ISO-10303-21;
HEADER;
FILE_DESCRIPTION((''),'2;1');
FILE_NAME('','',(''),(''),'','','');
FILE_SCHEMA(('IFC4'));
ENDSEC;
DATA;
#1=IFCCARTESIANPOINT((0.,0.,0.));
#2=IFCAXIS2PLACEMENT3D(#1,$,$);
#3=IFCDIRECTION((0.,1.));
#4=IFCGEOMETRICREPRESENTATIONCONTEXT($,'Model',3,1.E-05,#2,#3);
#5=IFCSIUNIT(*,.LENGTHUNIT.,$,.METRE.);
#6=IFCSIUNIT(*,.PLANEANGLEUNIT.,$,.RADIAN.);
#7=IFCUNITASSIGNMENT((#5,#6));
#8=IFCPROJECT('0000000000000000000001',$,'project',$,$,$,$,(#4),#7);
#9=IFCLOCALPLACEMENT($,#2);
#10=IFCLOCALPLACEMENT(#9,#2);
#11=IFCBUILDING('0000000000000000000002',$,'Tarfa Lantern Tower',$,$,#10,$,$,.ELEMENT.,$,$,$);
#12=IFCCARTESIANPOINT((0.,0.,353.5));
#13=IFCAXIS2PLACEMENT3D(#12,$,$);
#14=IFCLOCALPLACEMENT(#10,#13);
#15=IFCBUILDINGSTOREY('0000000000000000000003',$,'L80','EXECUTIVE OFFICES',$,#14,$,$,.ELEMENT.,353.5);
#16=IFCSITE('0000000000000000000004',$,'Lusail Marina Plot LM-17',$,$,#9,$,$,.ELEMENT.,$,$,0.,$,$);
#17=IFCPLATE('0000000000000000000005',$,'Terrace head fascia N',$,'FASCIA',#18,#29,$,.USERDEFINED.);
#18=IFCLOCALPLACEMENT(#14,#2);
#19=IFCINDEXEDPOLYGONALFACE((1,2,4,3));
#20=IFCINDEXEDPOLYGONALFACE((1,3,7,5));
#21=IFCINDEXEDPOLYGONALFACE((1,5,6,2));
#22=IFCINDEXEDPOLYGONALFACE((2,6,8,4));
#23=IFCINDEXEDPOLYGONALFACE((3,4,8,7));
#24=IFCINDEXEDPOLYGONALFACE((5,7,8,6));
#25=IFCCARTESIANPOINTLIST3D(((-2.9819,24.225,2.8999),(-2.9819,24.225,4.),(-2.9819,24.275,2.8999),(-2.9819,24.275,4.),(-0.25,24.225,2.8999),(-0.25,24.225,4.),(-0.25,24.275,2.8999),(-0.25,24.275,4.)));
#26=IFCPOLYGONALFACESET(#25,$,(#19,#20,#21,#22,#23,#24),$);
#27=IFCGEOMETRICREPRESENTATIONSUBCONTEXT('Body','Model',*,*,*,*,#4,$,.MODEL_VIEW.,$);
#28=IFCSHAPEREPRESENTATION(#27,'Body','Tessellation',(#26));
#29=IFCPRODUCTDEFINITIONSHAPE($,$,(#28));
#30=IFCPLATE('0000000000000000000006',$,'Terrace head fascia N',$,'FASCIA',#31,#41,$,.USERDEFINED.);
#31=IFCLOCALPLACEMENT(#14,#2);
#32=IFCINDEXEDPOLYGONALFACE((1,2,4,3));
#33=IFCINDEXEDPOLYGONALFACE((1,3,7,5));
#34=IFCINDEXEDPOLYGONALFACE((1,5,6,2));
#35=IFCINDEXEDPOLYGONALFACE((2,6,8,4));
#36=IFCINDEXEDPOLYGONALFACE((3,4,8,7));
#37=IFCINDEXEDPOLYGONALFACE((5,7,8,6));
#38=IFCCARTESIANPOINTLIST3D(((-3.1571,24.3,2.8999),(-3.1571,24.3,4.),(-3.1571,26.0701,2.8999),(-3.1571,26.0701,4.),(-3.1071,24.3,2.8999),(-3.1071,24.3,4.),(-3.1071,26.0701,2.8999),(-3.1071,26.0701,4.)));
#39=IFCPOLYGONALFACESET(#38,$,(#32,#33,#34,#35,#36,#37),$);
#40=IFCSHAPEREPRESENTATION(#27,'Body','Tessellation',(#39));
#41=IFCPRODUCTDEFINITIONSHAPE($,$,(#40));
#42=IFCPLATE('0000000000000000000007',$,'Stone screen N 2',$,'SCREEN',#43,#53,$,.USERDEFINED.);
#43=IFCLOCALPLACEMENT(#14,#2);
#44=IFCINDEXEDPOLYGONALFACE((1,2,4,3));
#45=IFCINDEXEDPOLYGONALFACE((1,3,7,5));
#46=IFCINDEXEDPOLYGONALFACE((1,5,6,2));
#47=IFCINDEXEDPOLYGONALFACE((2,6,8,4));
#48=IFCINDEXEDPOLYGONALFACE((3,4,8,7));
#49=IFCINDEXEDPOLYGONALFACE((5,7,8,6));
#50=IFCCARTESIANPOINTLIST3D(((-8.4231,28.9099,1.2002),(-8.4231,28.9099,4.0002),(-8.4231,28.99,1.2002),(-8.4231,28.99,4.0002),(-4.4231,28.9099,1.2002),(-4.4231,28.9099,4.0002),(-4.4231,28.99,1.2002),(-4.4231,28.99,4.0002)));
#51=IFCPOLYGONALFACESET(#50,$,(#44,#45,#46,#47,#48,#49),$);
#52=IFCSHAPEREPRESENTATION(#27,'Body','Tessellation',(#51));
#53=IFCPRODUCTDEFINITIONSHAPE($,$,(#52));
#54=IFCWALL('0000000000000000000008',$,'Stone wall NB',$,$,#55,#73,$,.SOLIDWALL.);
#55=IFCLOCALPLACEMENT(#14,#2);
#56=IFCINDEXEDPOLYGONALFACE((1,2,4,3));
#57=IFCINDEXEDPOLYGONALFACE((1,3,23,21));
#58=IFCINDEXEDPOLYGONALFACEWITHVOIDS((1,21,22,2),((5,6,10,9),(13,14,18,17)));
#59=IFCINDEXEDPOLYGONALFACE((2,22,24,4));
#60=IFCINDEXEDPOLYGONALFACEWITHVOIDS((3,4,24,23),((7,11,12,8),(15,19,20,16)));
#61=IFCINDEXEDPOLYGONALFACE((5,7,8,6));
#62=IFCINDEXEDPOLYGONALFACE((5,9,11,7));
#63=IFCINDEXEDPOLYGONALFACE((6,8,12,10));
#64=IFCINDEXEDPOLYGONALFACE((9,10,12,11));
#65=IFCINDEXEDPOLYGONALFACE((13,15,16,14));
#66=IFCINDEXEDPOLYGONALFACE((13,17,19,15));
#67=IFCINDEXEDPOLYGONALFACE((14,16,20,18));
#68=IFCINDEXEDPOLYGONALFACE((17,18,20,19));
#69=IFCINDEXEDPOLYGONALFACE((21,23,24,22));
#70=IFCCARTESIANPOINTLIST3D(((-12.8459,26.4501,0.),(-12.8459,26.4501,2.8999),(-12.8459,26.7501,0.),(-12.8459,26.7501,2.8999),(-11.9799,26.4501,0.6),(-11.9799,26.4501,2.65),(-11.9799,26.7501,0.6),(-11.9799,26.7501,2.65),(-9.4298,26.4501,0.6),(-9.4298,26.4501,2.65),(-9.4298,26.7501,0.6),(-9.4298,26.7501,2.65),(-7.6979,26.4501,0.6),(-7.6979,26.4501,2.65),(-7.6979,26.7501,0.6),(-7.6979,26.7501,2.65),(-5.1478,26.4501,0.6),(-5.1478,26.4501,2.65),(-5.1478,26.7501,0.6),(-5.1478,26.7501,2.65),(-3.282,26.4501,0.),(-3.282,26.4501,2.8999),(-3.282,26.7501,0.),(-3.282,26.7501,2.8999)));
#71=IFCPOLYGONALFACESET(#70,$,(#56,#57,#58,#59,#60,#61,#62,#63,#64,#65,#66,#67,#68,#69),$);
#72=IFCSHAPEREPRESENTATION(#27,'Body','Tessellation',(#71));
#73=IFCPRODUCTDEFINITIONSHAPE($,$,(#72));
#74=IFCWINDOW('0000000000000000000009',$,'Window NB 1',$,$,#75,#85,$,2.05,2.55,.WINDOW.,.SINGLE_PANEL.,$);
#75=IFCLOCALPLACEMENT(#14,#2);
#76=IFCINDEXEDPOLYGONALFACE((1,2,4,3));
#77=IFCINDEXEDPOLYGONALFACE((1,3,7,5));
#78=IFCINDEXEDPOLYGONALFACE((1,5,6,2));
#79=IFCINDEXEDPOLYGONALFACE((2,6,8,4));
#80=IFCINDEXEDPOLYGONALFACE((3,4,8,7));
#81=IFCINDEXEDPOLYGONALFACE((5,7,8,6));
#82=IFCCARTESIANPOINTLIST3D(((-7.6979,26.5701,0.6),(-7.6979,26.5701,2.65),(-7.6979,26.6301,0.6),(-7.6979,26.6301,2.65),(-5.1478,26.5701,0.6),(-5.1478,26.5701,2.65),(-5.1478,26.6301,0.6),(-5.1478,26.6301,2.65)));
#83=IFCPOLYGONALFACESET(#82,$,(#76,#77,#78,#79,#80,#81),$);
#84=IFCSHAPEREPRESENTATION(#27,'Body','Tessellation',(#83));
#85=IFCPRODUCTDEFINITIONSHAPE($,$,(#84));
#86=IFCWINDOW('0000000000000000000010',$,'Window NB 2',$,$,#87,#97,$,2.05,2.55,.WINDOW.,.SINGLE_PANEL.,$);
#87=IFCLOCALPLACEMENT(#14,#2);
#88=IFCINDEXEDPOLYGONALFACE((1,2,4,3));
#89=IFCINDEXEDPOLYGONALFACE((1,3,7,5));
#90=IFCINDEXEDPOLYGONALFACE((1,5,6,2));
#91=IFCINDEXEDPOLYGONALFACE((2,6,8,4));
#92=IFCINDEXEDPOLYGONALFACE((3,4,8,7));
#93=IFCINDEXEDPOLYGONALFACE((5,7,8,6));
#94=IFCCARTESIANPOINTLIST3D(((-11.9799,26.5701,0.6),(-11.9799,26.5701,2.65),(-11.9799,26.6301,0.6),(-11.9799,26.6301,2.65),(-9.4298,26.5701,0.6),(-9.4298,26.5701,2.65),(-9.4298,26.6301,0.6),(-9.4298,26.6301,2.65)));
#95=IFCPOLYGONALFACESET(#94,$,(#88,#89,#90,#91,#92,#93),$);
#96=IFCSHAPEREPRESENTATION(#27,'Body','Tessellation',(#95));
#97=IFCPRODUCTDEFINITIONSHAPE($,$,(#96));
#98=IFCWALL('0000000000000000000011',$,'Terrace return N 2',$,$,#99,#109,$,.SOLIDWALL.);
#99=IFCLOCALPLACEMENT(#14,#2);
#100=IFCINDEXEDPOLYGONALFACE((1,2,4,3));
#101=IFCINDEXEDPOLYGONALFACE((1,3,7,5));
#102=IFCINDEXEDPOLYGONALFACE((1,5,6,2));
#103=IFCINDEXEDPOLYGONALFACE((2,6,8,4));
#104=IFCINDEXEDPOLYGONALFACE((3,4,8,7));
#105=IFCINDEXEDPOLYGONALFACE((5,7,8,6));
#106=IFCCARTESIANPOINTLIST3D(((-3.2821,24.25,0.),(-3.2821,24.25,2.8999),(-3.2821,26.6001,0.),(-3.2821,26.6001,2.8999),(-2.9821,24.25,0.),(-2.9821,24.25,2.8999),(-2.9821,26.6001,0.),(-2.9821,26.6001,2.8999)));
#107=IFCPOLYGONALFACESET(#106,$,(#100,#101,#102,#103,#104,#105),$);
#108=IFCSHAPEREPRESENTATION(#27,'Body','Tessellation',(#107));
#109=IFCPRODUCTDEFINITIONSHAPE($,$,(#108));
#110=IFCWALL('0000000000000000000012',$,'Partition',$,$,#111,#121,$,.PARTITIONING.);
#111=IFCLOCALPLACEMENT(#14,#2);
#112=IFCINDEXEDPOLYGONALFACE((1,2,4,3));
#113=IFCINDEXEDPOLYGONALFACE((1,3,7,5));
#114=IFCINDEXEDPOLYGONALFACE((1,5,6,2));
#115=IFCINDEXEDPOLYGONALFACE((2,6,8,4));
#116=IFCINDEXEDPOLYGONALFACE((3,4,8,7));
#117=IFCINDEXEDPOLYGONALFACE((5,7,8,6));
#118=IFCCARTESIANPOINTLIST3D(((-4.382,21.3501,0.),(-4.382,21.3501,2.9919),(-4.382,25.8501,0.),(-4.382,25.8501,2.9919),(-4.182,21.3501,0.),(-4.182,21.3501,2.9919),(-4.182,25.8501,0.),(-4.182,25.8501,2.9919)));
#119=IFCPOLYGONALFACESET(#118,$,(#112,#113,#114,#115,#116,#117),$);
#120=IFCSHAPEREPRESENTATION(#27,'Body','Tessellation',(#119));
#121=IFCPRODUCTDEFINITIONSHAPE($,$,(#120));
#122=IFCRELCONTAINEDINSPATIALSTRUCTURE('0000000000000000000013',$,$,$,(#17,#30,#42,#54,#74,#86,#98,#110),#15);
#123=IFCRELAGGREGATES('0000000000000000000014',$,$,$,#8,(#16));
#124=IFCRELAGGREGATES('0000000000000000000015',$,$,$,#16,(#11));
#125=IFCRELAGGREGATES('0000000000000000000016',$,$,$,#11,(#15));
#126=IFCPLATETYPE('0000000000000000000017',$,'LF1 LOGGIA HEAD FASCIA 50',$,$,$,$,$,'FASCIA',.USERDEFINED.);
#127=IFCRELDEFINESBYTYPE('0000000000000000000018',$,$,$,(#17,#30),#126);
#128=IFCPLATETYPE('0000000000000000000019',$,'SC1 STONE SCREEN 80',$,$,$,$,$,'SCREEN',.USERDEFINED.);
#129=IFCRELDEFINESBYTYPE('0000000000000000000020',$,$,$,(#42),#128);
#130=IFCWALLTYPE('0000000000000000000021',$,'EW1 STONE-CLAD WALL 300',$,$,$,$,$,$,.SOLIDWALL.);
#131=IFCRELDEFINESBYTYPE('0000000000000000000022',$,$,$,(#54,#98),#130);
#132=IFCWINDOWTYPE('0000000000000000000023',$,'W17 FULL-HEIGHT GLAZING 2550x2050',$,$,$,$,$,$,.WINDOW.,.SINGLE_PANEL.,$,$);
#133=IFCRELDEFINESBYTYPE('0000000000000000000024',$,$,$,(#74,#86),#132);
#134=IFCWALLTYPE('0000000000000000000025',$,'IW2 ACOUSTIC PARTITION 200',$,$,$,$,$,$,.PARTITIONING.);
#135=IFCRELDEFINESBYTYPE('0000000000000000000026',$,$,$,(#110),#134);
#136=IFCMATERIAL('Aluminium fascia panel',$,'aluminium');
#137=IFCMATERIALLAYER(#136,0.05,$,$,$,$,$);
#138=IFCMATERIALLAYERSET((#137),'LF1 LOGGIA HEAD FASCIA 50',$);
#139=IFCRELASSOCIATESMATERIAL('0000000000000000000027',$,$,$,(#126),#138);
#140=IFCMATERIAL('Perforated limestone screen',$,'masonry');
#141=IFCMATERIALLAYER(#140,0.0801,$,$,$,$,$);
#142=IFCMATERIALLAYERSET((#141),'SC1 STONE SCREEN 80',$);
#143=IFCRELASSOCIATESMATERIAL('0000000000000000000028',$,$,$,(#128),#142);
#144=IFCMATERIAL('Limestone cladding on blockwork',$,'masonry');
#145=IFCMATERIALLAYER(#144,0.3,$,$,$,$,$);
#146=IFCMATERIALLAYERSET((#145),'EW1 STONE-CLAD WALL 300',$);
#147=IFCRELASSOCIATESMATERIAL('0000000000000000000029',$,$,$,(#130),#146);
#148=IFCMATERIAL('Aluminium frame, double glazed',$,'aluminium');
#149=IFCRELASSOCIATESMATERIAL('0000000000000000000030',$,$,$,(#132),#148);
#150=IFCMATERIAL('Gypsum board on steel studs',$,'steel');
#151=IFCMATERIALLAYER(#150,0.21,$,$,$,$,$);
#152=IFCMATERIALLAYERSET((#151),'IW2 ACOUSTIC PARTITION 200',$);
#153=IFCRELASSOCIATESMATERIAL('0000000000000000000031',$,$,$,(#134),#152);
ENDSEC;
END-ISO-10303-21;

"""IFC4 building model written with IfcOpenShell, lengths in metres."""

from ifc_helpers import new_model, si_unit, direction, frame, frame_2d, origin, origin_2d, place, context, subcontext, project, spatial, rectangle, extrude, material, layer, layer_set, type_object, element, fill, save


model = new_model("IFC4")

# Units and contexts
model_context = context("Model", 3, precision=1e-05, world=origin(), true_north=direction((0.0, 1.0)))
body_context = subcontext(model_context, "Body", "Model", "MODEL_VIEW")
ifc_project = project(units=[si_unit("LENGTHUNIT", "METRE"), si_unit("PLANEANGLEUNIT", "RADIAN")], contexts=[model_context])

# Site, building, storey
site_placement = place(None, origin())
site = spatial("IfcSite", under=ifc_project, at=site_placement, Name="Lusail Marina Plot LM-17", CompositionType="ELEMENT", RefElevation=0.0)
building_placement = place(site_placement, origin())
building = spatial("IfcBuilding", under=site, at=building_placement, Name="Tarfa Lantern Tower", CompositionType="ELEMENT")
storey_placement = place(building_placement, frame((0.0, 0.0, 353.5)))
storey = spatial("IfcBuildingStorey", under=building, at=storey_placement, Name="L80", Description="EXECUTIVE OFFICES", CompositionType="ELEMENT", Elevation=353.5)

# Plates
ifc_material_1 = material(Name="Aluminium fascia panel", Category="aluminium")
ifc_layer_1 = layer(ifc_material_1, 0.05)
ifc_layer_set_1 = layer_set([ifc_layer_1], Name="LF1 LOGGIA HEAD FASCIA 50")
plate_type_1 = type_object("IfcPlateType", Name="LF1 LOGGIA HEAD FASCIA 50", ElementType="FASCIA", PredefinedType="USERDEFINED", material=ifc_layer_set_1)
plate_1_placement = place(storey_placement, frame((-1.616, 24.25, 2.8999), z_axis=(0.0, 0.0, 1.0), x_axis=(-1.0, 0.0, 0.0)))
element("IfcPlate", 1, at=plate_1_placement, inside=storey, type_object=plate_type_1, Name="Terrace head fascia N", ObjectType="FASCIA", PredefinedType="USERDEFINED", context=body_context, shape_type="SweptSolid", body=[
    extrude(rectangle(XDim=2.7319, YDim=0.05, at=origin_2d()), origin(), (0.0, 0.0, 1.0), 1.1001),
])
plate_2_placement = place(storey_placement, frame((-3.1321, 25.1851, 2.8999), z_axis=(0.0, 0.0, 1.0), x_axis=(0.0, -1.0, 0.0)))
element("IfcPlate", 2, at=plate_2_placement, inside=storey, type_object=plate_type_1, Name="Terrace head fascia N", ObjectType="FASCIA", PredefinedType="USERDEFINED", context=body_context, shape_type="SweptSolid", body=[
    extrude(rectangle(XDim=1.77, YDim=0.05, at=origin_2d()), origin(), (0.0, 0.0, 1.0), 1.1001),
])
ifc_material_2 = material(Name="Perforated limestone screen", Category="masonry")
ifc_layer_2 = layer(ifc_material_2, 0.0801)
ifc_layer_set_2 = layer_set([ifc_layer_2], Name="SC1 STONE SCREEN 80")
plate_type_2 = type_object("IfcPlateType", Name="SC1 STONE SCREEN 80", ElementType="SCREEN", PredefinedType="USERDEFINED", material=ifc_layer_set_2)
plate_3_placement = place(storey_placement, frame((-6.4231, 28.95, 1.2002), z_axis=(0.0, 0.0, 1.0), x_axis=(-1.0, 0.0, 0.0)))
element("IfcPlate", 3, at=plate_3_placement, inside=storey, type_object=plate_type_2, Name="Stone screen N 2", ObjectType="SCREEN", PredefinedType="USERDEFINED", context=body_context, shape_type="SweptSolid", body=[
    extrude(rectangle(XDim=4.0, YDim=0.0801, at=origin_2d()), origin(), (0.0, 0.0, 1.0), 2.8),
])

# Wall, openings, windows
ifc_material_3 = material(Name="Limestone cladding on blockwork", Category="masonry")
ifc_layer_3 = layer(ifc_material_3, 0.3)
ifc_layer_set_3 = layer_set([ifc_layer_3], Name="EW1 STONE-CLAD WALL 300")
wall_type_1 = type_object("IfcWallType", Name="EW1 STONE-CLAD WALL 300", PredefinedType="SOLIDWALL", material=ifc_layer_set_3)
wall_1_placement = place(storey_placement, frame((-3.282, 26.6001, 0.0), z_axis=(0.0, 0.0, 1.0), x_axis=(-1.0, 0.0, 0.0)))
wall_1 = element("IfcWall", 4, at=wall_1_placement, inside=storey, type_object=wall_type_1, Name="Stone wall NB", PredefinedType="SOLIDWALL", context=body_context, shape_type="SweptSolid", body=[
    extrude(rectangle(XDim=9.564, YDim=0.3, at=frame_2d((4.782, 0.0))), origin(), (0.0, 0.0, 1.0), 2.8999),
])
opening_1_placement = place(wall_1_placement, frame((1.866, 0.0, 0.6001)))
opening_1 = element("IfcOpeningElement", 5, at=opening_1_placement, cuts=wall_1, PredefinedType="OPENING", context=body_context, shape_type="SweptSolid", body=[
    extrude(rectangle(XDim=2.55, YDim=2.05, at=frame_2d((1.2749, 1.0249))), frame((0.0, 0.1599, 0.0), z_axis=(0.0, -1.0, 0.0), x_axis=(1.0, 0.0, 0.0)), (0.0, 0.0, 1.0), 0.3201),
])
opening_2_placement = place(wall_1_placement, frame((6.1479, 0.0, 0.6001)))
opening_2 = element("IfcOpeningElement", 6, at=opening_2_placement, cuts=wall_1, PredefinedType="OPENING", context=body_context, shape_type="SweptSolid", body=[
    extrude(rectangle(XDim=2.55, YDim=2.05, at=frame_2d((1.2749, 1.0249))), frame((0.0, 0.1599, 0.0), z_axis=(0.0, -1.0, 0.0), x_axis=(1.0, 0.0, 0.0)), (0.0, 0.0, 1.0), 0.3201),
])
ifc_material_4 = material(Name="Aluminium frame, double glazed", Category="aluminium")
window_type = type_object("IfcWindowType", Name="W17 FULL-HEIGHT GLAZING 2550x2050", PartitioningType="SINGLE_PANEL", PredefinedType="WINDOW", material=ifc_material_4)
window_1_placement = place(opening_1_placement, origin())
window_1 = element("IfcWindow", 7, at=window_1_placement, inside=storey, type_object=window_type, Name="Window NB 1", OverallHeight=2.05, OverallWidth=2.55, PartitioningType="SINGLE_PANEL", PredefinedType="WINDOW", context=body_context, shape_type="SweptSolid", body=[
    extrude(rectangle(XDim=2.55, YDim=2.05, at=frame_2d((1.2749, 1.0249))), frame((0.0, 0.03, 0.0), z_axis=(0.0, -1.0, 0.0), x_axis=(1.0, 0.0, 0.0)), (0.0, 0.0, 1.0), 0.0601),
])
fill(opening_1, window_1)
window_2_placement = place(opening_2_placement, origin())
window_2 = element("IfcWindow", 8, at=window_2_placement, inside=storey, type_object=window_type, Name="Window NB 2", OverallHeight=2.05, OverallWidth=2.55, PartitioningType="SINGLE_PANEL", PredefinedType="WINDOW", context=body_context, shape_type="SweptSolid", body=[
    extrude(rectangle(XDim=2.55, YDim=2.05, at=frame_2d((1.2749, 1.0249))), frame((0.0, 0.03, 0.0), z_axis=(0.0, -1.0, 0.0), x_axis=(1.0, 0.0, 0.0)), (0.0, 0.0, 1.0), 0.0601),
])
fill(opening_2, window_2)

# Walls
wall_2_placement = place(storey_placement, frame((-3.1321, 26.6001, 0.0), z_axis=(0.0, 0.0, 1.0), x_axis=(0.0, -1.0, 0.0)))
element("IfcWall", 9, at=wall_2_placement, inside=storey, type_object=wall_type_1, Name="Terrace return N 2", PredefinedType="SOLIDWALL", context=body_context, shape_type="SweptSolid", body=[
    extrude(rectangle(XDim=2.3501, YDim=0.3, at=frame_2d((1.175, 0.0))), origin(), (0.0, 0.0, 1.0), 2.8999),
])
ifc_material_5 = material(Name="Gypsum board on steel studs", Category="steel")
ifc_layer_4 = layer(ifc_material_5, 0.21)
ifc_layer_set_4 = layer_set([ifc_layer_4], Name="IW2 ACOUSTIC PARTITION 200")
wall_type_2 = type_object("IfcWallType", Name="IW2 ACOUSTIC PARTITION 200", PredefinedType="PARTITIONING", material=ifc_layer_set_4)
wall_3_placement = place(storey_placement, frame((-4.282, 21.3501, 0.0), z_axis=(0.0, 0.0, 1.0), x_axis=(0.0, 1.0, 0.0)))
element("IfcWall", 10, at=wall_3_placement, inside=storey, type_object=wall_type_2, Name="Partition", PredefinedType="PARTITIONING", context=body_context, shape_type="SweptSolid", body=[
    extrude(rectangle(XDim=4.5, YDim=0.2, at=frame_2d((2.25, 0.0))), origin(), (0.0, 0.0, 1.0), 2.9919),
])

save(model, "model.ifc")
